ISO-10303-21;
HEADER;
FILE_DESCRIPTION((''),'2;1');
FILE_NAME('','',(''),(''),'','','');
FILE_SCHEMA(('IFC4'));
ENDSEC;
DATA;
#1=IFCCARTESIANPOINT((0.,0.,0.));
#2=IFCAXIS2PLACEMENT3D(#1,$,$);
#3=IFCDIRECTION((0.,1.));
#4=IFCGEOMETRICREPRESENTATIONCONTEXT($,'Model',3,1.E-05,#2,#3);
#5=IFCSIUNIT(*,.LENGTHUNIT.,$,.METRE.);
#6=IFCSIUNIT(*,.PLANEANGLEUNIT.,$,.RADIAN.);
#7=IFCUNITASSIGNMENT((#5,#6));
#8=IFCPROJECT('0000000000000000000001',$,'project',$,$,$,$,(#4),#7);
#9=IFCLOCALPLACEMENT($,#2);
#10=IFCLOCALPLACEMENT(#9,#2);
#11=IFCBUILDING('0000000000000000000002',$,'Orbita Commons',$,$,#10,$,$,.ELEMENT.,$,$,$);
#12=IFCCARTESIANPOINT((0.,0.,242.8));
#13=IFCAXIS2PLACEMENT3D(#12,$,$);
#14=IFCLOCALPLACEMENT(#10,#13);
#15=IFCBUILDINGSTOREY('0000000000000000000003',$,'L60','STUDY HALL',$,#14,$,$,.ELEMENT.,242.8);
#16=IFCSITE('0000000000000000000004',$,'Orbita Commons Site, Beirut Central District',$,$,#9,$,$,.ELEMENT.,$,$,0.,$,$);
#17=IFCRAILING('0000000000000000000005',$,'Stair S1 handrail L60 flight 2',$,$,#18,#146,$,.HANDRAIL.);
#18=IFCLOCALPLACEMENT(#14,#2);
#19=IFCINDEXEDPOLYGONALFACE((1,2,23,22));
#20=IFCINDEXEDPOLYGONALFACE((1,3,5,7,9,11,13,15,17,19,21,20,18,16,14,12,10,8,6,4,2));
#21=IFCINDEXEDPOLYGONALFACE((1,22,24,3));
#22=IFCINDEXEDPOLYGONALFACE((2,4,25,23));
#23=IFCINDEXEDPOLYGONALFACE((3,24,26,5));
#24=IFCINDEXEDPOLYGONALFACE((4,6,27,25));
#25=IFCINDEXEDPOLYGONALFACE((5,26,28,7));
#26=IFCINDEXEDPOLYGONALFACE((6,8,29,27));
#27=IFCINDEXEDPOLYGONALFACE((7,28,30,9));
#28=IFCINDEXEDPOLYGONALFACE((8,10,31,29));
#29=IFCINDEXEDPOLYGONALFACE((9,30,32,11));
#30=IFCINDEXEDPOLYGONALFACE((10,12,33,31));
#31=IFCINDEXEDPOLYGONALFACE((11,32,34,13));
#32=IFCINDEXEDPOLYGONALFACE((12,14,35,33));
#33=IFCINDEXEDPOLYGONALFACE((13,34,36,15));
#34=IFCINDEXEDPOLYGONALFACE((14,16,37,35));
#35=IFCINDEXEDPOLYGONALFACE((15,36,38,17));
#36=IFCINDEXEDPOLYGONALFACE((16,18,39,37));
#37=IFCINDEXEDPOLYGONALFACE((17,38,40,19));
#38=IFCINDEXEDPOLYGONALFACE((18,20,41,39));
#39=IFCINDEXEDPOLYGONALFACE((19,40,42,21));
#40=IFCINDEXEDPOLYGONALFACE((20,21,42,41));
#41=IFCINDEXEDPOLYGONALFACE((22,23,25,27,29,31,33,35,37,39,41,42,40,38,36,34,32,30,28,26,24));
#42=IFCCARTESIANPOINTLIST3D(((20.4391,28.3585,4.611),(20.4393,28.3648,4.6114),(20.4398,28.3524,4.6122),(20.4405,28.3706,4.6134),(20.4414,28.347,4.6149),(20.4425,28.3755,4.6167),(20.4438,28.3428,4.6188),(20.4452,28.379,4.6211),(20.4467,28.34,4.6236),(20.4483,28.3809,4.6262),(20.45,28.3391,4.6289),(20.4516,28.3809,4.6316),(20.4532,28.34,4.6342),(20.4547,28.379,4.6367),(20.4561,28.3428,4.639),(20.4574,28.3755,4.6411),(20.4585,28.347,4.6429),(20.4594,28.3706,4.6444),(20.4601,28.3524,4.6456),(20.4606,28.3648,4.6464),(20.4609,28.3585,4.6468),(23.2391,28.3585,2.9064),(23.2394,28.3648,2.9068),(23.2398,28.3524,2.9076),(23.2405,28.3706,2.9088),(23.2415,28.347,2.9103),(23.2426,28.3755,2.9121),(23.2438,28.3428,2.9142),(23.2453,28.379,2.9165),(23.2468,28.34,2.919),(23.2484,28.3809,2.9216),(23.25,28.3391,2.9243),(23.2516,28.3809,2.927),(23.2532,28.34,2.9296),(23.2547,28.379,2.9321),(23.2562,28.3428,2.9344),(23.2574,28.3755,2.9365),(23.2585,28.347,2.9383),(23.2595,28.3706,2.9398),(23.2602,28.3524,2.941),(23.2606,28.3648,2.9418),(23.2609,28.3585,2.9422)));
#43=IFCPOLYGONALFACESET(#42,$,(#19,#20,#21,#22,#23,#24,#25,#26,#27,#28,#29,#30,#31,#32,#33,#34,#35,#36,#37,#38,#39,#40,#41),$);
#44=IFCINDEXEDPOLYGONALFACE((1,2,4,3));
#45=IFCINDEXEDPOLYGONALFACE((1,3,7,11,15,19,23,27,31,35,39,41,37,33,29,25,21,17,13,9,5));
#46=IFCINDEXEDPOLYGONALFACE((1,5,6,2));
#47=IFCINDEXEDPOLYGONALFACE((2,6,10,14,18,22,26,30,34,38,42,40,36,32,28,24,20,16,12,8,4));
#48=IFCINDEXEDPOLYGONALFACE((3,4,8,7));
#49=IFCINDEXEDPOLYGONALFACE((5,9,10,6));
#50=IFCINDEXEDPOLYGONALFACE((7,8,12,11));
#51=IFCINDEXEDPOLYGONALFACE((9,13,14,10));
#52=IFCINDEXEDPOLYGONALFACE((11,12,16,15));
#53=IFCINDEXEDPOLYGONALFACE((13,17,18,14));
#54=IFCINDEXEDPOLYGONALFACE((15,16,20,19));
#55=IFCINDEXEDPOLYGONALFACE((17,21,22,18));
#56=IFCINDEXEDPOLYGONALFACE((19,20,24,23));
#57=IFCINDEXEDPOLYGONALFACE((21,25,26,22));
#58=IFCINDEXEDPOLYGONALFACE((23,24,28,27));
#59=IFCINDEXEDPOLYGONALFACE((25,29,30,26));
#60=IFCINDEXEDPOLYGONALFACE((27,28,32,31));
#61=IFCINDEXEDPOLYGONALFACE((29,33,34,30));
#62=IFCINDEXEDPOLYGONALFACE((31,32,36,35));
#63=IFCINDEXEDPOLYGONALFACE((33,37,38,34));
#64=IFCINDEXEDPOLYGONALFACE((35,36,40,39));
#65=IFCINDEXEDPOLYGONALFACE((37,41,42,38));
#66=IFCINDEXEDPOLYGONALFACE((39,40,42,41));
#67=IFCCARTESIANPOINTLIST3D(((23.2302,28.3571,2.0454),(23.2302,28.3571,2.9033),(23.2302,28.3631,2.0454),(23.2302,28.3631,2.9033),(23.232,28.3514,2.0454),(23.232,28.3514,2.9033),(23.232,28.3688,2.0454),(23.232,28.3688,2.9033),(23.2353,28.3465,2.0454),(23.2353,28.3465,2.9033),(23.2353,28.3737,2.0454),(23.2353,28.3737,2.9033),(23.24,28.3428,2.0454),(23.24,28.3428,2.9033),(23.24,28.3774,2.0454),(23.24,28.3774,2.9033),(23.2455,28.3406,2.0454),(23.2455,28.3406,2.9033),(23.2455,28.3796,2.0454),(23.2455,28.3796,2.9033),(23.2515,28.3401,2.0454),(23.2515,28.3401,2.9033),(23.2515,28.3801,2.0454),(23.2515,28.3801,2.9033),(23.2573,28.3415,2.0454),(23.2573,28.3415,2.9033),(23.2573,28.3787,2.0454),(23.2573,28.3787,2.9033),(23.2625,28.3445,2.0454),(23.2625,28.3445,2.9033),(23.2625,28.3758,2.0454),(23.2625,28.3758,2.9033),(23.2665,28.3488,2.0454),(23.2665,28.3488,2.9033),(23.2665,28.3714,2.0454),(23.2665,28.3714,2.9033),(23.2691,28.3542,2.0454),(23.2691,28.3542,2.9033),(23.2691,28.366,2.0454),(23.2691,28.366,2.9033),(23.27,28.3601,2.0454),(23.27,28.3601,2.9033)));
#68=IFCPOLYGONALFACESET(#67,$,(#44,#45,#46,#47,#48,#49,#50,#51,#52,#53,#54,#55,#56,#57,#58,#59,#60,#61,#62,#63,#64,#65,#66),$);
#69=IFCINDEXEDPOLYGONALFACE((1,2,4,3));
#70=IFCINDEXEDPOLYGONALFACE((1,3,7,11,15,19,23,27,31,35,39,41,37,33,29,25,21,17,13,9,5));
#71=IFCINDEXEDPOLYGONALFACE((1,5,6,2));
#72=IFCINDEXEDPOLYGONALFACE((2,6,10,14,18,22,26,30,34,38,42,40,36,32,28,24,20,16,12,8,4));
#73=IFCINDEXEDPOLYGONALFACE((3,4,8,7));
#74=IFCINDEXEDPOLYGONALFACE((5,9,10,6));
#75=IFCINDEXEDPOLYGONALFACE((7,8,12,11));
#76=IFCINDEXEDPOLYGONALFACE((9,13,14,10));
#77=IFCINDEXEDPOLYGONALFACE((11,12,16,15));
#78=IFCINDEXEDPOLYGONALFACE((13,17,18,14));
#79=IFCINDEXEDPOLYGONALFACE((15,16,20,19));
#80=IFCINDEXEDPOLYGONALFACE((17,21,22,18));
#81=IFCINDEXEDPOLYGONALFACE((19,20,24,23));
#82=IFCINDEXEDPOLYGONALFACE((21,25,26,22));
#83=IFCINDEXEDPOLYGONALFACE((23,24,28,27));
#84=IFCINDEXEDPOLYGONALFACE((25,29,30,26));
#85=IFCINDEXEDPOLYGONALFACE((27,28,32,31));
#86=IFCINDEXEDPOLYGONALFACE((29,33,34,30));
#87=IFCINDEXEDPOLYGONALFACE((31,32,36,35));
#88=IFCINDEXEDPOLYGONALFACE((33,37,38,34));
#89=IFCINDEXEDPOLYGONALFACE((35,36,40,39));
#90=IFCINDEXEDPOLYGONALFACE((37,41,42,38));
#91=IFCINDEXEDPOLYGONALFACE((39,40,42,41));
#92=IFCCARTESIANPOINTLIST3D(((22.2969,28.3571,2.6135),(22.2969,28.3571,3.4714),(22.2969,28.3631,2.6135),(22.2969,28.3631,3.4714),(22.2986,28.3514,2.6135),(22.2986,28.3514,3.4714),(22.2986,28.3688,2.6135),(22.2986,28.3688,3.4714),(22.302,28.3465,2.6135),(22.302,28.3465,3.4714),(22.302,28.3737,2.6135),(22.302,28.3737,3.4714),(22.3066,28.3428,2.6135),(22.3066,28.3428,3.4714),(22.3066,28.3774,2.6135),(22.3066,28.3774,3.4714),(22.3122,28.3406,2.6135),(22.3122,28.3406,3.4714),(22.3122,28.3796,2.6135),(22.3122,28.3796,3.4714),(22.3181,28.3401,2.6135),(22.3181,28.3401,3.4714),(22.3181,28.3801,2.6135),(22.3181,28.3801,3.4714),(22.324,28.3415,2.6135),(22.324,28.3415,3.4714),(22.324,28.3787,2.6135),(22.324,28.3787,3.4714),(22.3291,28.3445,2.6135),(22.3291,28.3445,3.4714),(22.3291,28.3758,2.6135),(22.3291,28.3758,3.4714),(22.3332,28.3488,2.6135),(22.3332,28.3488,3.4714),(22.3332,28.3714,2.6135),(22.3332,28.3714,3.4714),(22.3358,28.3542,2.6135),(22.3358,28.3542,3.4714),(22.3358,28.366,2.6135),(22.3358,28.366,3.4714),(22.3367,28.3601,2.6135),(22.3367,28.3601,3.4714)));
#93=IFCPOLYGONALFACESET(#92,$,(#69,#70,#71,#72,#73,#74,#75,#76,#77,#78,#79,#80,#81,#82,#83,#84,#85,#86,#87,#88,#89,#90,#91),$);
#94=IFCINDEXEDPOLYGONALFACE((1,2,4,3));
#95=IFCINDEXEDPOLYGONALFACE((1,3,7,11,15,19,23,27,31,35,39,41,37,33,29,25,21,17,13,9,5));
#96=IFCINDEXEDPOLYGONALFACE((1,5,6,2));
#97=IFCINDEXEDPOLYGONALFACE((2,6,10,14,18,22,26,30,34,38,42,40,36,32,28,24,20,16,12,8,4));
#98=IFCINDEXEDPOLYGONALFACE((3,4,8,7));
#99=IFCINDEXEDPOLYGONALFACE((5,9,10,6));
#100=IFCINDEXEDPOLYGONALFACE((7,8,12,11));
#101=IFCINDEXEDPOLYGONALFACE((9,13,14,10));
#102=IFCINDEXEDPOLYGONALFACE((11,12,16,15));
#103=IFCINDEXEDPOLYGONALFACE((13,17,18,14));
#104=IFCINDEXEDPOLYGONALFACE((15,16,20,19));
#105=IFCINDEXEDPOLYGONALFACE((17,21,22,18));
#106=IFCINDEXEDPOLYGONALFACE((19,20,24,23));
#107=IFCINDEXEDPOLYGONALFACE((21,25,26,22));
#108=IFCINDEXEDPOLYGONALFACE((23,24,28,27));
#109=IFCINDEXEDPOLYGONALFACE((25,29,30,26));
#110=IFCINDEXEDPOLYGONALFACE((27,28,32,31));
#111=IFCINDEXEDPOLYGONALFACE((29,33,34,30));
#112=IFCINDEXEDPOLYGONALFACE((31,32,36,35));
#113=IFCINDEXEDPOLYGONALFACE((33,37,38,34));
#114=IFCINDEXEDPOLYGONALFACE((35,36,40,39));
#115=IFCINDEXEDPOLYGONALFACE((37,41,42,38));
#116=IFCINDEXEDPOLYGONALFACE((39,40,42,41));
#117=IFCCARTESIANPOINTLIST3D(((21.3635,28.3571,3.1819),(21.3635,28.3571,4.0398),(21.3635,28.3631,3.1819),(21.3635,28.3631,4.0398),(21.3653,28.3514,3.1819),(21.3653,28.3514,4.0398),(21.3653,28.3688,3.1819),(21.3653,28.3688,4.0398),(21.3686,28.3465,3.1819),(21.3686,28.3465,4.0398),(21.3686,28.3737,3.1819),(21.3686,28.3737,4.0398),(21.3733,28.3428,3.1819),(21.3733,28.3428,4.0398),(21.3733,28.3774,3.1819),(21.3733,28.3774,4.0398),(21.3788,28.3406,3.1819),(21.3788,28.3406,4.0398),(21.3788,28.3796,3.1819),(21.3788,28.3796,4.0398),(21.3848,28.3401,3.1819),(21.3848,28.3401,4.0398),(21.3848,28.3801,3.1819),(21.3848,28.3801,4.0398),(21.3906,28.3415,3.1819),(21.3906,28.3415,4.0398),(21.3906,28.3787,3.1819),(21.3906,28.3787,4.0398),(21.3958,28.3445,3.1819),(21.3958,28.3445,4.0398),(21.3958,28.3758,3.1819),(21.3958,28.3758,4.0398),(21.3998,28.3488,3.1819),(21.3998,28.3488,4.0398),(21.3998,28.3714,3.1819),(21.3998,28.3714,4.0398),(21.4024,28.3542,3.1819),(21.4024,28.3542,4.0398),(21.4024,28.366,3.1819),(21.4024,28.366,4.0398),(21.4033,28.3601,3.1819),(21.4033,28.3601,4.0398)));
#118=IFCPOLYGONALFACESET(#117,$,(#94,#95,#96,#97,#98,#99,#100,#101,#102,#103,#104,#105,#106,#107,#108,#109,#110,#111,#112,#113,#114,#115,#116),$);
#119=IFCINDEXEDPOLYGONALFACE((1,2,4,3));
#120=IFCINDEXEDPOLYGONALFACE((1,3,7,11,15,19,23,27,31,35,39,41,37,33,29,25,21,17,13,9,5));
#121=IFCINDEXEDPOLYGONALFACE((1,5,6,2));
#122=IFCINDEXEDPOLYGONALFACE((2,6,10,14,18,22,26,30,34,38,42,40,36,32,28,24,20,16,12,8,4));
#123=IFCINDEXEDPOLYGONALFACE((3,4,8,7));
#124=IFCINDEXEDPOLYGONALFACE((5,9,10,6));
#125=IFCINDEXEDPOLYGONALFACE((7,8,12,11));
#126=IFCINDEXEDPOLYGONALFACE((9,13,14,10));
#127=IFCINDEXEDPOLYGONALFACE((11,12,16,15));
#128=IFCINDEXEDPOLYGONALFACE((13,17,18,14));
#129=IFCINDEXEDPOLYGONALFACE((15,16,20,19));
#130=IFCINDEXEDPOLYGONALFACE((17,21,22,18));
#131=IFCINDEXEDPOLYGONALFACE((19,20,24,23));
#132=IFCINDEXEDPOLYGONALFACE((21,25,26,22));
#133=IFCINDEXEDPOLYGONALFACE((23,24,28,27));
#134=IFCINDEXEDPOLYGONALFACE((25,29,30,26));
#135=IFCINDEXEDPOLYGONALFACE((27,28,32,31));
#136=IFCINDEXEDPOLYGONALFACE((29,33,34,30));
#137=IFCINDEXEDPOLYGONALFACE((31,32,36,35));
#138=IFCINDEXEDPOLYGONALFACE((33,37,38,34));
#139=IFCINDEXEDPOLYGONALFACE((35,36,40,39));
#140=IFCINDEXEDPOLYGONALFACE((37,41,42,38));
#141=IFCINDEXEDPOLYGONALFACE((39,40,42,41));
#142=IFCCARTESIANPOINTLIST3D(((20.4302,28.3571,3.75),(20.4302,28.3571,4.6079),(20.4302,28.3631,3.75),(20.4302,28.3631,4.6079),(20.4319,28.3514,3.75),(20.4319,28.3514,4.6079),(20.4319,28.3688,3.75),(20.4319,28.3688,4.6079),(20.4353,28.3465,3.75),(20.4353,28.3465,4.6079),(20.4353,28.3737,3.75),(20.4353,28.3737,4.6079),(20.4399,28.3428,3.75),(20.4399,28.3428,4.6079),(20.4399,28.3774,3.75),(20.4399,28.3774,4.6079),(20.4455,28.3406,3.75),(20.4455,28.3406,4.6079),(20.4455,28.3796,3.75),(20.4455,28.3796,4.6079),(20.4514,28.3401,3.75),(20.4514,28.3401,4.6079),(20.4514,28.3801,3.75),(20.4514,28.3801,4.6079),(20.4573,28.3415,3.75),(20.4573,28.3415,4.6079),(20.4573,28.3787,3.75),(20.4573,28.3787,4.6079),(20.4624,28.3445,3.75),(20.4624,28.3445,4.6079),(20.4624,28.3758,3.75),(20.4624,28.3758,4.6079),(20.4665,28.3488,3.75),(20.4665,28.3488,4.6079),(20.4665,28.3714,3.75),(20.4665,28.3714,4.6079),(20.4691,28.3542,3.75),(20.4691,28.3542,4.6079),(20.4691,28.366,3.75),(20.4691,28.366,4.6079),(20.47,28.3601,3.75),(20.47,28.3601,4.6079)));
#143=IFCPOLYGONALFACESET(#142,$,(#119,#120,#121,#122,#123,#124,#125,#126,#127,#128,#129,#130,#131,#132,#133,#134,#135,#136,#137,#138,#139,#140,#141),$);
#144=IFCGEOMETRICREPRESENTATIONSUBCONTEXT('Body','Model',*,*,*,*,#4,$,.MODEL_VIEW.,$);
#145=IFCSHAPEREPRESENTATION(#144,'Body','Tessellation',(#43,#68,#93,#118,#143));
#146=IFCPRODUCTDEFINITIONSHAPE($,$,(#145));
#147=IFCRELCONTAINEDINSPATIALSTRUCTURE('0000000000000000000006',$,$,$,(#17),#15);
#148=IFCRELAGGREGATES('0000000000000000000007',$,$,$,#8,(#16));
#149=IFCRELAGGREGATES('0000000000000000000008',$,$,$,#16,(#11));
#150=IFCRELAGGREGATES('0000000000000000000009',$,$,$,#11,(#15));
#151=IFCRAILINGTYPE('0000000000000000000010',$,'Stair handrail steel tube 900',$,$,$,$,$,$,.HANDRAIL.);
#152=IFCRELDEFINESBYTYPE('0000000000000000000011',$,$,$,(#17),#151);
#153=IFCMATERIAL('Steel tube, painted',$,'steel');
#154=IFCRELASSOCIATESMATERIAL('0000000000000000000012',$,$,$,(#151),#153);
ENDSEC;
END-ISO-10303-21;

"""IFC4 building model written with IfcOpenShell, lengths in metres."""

from ifc_helpers import new_model, si_unit, direction, frame, origin, origin_2d, place, context, subcontext, project, spatial, circle, extrude, material, type_object, element, save


model = new_model("IFC4")

# Units and contexts
model_context = context("Model", 3, precision=1e-05, world=origin(), true_north=direction((0.0, 1.0)))
body_context = subcontext(model_context, "Body", "Model", "MODEL_VIEW")
ifc_project = project(units=[si_unit("LENGTHUNIT", "METRE"), si_unit("PLANEANGLEUNIT", "RADIAN")], contexts=[model_context])

# Site, building, storey
site_placement = place(None, origin())
site = spatial("IfcSite", under=ifc_project, at=site_placement, Name="Orbita Commons Site, Beirut Central District", CompositionType="ELEMENT", RefElevation=0.0)
building_placement = place(site_placement, origin())
building = spatial("IfcBuilding", under=site, at=building_placement, Name="Orbita Commons", CompositionType="ELEMENT")
storey_placement = place(building_placement, frame((0.0, 0.0, 242.8)))
storey = spatial("IfcBuildingStorey", under=building, at=storey_placement, Name="L60", Description="STUDY HALL", CompositionType="ELEMENT", Elevation=242.8)

# Railing
ifc_material_1 = material(Name="Steel tube, painted", Category="steel")
railing_type = type_object("IfcRailingType", Name="Stair handrail steel tube 900", PredefinedType="HANDRAIL", material=ifc_material_1)
for number, where, name in (
    (1, (23.25, 28.3601, 2.0454), "Stair S1 handrail L60 flight 2"),
):
    element("IfcRailing", number, at=place(storey_placement, frame(where)), inside=storey, type_object=railing_type, Name=name, PredefinedType="HANDRAIL", context=body_context, shape_type="SweptSolid", body=[
        extrude(circle(Radius=0.021, at=origin_2d()), frame((0.0, 0.0, 0.8789), z_axis=(-0.85417, 0.0, 0.519994), x_axis=(0.0, -1.0, 0.0)), (0.0, 0.0, 1.0), 3.2781),
        extrude(circle(Radius=0.02, at=origin_2d()), origin(), (0.0, 0.0, 1.0), 0.8579),
        extrude(circle(Radius=0.02, at=origin_2d()), frame((-0.9333, 0.0, 0.5681)), (0.0, 0.0, 1.0), 0.8579),
        extrude(circle(Radius=0.02, at=origin_2d()), frame((-1.8667, 0.0, 1.1365)), (0.0, 0.0, 1.0), 0.8579),
        extrude(circle(Radius=0.02, at=origin_2d()), frame((-2.8, 0.0, 1.7046)), (0.0, 0.0, 1.0), 0.8579),
    ])

save(model, "model.ifc")
